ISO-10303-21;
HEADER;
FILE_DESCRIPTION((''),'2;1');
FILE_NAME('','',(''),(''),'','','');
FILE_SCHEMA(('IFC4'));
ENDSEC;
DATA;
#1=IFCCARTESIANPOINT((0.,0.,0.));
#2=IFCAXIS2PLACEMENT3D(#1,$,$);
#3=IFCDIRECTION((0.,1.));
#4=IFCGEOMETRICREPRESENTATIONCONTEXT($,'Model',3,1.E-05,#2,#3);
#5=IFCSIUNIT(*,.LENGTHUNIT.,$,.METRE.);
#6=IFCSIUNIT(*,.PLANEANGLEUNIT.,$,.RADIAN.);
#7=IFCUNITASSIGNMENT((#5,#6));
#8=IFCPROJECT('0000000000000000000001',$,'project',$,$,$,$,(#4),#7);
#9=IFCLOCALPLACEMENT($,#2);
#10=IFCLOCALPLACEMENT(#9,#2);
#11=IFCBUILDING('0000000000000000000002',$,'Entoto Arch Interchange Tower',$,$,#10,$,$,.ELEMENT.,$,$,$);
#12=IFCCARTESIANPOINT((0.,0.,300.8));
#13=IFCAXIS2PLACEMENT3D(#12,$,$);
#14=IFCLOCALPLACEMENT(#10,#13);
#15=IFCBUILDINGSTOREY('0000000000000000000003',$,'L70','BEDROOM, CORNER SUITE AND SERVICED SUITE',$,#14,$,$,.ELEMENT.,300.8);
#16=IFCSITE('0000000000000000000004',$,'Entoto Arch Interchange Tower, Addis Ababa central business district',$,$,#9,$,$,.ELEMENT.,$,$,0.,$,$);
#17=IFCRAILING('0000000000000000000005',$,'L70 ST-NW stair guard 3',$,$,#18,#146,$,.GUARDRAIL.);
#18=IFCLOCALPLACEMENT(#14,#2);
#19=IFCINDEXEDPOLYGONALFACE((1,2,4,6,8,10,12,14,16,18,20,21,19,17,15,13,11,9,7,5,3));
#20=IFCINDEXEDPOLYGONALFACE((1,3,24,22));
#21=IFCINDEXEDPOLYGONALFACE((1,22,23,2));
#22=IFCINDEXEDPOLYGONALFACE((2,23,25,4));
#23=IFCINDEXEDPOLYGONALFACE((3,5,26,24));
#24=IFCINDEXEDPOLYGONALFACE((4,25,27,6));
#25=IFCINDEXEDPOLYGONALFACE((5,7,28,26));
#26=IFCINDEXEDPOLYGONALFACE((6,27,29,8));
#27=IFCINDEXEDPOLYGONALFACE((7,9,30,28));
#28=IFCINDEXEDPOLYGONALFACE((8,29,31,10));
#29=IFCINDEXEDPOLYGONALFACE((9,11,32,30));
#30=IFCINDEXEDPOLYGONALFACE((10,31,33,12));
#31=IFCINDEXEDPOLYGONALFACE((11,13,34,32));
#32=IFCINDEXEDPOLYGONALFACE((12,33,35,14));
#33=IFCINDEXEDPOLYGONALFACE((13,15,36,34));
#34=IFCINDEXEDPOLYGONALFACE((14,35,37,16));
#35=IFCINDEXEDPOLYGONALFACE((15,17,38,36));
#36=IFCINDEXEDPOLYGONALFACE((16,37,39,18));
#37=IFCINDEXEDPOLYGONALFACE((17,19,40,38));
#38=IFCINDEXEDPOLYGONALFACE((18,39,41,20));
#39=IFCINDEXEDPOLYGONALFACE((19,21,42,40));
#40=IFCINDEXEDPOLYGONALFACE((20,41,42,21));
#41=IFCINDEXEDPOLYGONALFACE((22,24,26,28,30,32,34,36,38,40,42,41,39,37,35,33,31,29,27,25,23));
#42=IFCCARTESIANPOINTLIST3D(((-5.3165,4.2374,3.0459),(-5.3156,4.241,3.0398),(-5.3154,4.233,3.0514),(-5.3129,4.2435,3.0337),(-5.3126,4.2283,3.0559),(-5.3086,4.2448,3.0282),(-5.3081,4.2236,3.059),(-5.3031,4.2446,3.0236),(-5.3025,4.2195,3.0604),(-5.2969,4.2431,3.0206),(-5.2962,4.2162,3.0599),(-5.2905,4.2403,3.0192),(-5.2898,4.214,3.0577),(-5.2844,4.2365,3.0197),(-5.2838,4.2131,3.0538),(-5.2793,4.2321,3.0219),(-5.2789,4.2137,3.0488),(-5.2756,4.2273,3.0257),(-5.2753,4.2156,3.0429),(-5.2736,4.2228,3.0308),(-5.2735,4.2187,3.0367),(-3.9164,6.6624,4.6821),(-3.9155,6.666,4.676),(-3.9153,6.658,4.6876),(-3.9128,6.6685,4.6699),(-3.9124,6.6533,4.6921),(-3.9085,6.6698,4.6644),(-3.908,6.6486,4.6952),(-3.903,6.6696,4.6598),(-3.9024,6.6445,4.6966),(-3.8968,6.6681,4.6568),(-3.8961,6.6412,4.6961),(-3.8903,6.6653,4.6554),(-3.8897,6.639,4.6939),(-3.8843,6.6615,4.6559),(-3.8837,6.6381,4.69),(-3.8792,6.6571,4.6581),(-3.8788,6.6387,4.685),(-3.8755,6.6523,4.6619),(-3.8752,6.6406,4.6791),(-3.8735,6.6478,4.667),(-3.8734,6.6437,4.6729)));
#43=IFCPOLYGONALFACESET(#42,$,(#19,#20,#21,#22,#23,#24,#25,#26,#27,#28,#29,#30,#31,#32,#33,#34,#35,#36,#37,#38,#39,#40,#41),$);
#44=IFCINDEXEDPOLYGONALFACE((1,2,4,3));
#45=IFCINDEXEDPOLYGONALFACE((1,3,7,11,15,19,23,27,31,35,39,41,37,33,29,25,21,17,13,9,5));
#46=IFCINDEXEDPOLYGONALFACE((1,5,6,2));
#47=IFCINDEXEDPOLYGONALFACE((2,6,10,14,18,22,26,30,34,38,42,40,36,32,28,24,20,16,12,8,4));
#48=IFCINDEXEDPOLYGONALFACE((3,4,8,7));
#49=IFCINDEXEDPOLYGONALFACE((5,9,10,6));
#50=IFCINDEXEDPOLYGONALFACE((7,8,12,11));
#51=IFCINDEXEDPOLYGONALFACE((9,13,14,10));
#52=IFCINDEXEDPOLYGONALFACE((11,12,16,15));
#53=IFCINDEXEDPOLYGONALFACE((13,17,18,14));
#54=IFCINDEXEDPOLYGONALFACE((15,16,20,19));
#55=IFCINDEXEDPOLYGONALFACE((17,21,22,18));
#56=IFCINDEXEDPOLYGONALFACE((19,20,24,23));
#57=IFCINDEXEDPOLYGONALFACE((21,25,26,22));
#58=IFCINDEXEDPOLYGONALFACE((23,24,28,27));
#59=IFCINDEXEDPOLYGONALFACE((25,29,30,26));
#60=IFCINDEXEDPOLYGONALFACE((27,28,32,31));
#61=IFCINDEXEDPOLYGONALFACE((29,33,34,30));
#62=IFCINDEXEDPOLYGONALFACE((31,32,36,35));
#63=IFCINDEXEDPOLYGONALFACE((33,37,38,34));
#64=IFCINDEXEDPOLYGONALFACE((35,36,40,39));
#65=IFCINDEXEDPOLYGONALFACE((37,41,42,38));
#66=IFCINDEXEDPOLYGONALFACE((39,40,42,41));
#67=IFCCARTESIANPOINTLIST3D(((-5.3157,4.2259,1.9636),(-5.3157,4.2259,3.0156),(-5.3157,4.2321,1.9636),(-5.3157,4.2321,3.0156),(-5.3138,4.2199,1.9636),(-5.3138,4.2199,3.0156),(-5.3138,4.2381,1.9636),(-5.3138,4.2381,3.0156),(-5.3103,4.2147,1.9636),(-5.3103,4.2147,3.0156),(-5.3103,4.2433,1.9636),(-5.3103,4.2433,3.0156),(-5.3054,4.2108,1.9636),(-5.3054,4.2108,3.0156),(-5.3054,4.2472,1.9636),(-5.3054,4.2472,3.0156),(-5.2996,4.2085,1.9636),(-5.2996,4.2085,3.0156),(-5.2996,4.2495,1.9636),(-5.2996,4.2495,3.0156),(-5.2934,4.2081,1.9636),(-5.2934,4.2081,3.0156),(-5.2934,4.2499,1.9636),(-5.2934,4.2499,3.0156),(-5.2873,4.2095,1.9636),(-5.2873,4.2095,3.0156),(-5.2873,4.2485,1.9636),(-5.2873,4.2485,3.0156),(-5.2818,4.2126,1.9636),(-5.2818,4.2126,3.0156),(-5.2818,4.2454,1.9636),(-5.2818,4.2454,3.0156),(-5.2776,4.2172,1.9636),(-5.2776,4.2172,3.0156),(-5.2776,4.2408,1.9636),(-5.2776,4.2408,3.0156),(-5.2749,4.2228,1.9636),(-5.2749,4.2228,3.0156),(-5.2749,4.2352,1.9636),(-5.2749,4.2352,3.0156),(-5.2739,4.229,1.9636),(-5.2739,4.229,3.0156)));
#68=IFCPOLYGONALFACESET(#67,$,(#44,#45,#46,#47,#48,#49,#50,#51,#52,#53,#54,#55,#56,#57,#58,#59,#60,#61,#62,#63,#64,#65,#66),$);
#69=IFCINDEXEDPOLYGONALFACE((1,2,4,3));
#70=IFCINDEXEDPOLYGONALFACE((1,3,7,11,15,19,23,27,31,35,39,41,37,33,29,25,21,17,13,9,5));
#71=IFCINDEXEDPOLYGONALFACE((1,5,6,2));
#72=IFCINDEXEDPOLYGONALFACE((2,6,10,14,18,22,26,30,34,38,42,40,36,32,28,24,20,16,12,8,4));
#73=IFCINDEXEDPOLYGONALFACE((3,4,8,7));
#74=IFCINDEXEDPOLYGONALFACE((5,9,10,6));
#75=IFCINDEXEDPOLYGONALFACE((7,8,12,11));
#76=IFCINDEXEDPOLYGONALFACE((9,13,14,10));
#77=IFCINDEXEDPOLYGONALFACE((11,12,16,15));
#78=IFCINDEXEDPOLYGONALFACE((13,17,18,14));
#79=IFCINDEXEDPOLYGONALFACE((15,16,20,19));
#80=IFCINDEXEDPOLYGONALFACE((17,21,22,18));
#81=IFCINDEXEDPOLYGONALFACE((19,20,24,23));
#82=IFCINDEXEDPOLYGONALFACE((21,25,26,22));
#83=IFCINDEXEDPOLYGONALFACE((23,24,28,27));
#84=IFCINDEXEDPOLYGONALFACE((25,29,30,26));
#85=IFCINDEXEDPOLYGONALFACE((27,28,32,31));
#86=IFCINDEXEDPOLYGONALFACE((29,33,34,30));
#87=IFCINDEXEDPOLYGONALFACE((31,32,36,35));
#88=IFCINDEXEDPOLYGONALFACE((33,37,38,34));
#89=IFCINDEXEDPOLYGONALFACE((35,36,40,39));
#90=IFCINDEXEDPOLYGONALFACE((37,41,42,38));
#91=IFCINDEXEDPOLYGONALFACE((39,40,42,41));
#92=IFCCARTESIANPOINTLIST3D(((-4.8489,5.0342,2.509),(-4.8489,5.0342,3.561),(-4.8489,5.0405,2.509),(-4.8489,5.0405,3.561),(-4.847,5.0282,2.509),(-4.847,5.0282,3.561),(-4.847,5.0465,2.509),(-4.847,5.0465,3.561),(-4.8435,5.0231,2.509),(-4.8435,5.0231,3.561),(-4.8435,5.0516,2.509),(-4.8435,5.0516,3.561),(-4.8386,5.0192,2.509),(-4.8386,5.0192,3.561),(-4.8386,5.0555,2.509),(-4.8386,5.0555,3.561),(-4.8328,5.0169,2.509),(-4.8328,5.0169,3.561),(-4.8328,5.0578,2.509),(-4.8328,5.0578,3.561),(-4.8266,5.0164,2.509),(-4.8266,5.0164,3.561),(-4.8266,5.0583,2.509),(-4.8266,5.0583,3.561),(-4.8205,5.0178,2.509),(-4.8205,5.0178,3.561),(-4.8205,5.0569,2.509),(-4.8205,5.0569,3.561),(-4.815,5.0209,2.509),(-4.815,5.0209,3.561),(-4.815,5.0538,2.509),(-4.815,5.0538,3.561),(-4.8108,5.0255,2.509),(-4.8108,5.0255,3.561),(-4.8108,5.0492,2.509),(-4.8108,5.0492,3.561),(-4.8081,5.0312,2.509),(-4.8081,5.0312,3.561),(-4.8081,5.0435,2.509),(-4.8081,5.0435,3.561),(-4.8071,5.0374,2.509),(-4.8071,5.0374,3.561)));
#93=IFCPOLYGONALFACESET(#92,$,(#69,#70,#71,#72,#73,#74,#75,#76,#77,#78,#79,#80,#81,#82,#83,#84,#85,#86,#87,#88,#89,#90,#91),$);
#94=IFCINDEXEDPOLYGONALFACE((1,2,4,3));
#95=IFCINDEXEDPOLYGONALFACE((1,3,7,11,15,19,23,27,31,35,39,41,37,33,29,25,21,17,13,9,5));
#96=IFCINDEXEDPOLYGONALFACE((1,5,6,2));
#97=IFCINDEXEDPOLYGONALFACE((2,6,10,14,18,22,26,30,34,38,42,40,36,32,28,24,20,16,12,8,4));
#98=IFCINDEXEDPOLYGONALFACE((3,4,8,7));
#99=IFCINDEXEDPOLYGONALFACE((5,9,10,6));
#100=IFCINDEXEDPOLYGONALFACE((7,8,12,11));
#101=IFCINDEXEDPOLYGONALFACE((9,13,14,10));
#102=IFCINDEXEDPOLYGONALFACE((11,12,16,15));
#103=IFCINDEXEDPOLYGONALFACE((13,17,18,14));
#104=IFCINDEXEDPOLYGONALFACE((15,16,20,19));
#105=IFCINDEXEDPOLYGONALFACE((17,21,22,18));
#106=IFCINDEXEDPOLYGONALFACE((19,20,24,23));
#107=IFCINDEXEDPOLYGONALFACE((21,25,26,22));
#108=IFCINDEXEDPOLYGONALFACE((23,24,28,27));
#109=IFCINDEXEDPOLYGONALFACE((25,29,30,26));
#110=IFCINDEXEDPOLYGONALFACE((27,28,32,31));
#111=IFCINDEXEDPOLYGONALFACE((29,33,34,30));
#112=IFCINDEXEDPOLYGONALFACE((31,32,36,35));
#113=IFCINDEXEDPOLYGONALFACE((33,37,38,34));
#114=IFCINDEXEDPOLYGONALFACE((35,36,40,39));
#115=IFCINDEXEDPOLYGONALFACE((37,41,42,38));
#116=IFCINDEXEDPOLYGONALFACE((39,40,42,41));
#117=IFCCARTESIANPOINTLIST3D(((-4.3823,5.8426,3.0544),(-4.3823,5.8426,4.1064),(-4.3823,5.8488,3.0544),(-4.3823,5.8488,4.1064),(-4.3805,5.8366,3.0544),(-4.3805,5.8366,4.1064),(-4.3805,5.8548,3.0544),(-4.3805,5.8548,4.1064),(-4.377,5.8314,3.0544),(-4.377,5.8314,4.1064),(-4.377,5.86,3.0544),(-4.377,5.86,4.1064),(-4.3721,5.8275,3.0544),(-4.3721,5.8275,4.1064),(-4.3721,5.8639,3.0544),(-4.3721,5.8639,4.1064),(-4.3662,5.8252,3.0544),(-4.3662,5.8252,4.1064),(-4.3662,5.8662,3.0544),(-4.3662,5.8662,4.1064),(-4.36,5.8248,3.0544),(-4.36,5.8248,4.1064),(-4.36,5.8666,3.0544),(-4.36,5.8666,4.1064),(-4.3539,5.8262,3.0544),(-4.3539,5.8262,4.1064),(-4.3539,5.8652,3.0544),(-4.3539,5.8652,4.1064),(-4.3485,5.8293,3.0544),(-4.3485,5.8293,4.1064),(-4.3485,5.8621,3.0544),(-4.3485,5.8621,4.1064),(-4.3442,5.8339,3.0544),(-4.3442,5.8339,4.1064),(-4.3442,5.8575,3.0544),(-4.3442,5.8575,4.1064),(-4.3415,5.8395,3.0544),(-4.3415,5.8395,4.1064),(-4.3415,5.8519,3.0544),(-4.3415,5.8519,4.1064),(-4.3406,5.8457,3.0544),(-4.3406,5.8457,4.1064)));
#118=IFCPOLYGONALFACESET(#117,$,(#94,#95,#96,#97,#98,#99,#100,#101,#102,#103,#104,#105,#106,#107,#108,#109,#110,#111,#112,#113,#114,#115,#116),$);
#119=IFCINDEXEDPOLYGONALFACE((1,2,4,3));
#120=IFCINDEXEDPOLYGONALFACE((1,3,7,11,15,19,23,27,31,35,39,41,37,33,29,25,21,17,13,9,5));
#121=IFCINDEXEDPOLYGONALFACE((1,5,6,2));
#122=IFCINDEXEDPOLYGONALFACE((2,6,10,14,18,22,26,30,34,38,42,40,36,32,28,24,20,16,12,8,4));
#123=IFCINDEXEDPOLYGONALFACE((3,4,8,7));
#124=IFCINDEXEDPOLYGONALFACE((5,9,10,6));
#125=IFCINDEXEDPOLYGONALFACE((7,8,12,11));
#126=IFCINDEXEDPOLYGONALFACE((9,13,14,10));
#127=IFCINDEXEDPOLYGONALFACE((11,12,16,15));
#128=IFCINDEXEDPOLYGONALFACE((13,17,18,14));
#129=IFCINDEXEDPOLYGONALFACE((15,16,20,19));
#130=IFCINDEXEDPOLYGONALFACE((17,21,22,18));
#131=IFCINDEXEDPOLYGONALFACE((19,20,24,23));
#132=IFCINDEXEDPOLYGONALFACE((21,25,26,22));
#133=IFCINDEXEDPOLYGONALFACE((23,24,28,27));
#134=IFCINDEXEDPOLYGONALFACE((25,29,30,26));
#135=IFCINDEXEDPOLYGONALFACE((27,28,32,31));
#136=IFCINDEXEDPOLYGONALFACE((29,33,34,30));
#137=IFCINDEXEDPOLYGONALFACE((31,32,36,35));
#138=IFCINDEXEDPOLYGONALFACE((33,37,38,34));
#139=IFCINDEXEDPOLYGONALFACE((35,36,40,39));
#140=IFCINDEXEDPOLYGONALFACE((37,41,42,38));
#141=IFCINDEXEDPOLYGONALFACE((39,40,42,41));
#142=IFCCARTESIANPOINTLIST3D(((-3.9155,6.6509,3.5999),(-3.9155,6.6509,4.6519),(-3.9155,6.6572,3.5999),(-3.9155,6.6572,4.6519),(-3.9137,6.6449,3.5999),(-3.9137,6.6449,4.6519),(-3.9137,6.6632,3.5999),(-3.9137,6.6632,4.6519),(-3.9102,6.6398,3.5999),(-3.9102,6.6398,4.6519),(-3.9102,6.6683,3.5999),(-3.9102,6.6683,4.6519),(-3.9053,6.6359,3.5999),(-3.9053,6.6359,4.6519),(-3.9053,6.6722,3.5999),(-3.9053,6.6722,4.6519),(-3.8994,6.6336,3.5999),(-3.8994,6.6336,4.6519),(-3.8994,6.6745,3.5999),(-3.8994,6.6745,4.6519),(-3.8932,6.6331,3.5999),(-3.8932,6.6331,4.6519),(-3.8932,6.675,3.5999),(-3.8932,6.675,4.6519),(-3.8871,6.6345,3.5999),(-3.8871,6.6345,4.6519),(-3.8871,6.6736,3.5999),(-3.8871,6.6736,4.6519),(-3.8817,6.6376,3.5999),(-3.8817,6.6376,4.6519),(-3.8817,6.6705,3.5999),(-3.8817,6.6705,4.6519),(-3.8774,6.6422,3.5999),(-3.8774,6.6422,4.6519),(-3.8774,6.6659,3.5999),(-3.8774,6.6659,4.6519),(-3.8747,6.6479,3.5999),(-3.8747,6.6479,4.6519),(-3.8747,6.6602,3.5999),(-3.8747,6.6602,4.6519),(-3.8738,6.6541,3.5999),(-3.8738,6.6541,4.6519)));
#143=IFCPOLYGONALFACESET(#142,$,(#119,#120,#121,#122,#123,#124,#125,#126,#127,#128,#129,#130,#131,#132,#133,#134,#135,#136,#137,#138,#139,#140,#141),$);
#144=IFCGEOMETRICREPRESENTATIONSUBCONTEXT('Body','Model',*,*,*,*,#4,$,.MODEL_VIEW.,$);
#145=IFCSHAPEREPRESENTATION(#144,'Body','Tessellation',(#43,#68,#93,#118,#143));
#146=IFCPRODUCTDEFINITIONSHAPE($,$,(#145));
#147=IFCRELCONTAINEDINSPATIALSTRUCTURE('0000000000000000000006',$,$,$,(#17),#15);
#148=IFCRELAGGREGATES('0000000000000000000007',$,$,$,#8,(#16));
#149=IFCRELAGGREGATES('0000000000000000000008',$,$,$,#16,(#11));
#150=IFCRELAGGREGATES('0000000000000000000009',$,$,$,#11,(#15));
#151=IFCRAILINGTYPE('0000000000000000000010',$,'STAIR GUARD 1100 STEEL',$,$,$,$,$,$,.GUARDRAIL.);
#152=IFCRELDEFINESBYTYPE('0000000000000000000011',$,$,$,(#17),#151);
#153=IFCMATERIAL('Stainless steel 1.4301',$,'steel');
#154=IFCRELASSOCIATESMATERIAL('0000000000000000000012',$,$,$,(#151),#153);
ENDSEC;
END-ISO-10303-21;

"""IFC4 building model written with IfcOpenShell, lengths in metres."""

from ifc_helpers import new_model, si_unit, direction, frame, origin, origin_2d, place, context, subcontext, project, spatial, circle, extrude, material, type_object, element, save


model = new_model("IFC4")

# Units and contexts
model_context = context("Model", 3, precision=1e-05, world=origin(), true_north=direction((0.0, 1.0)))
body_context = subcontext(model_context, "Body", "Model", "MODEL_VIEW")
ifc_project = project(units=[si_unit("LENGTHUNIT", "METRE"), si_unit("PLANEANGLEUNIT", "RADIAN")], contexts=[model_context])

# Site, building, storey
site_placement = place(None, origin())
site = spatial("IfcSite", under=ifc_project, at=site_placement, Name="Entoto Arch Interchange Tower, Addis Ababa central business district", CompositionType="ELEMENT", RefElevation=0.0)
building_placement = place(site_placement, origin())
building = spatial("IfcBuilding", under=site, at=building_placement, Name="Entoto Arch Interchange Tower", CompositionType="ELEMENT")
storey_placement = place(building_placement, frame((0.0, 0.0, 300.8)))
storey = spatial("IfcBuildingStorey", under=building, at=storey_placement, Name="L70", Description="BEDROOM, CORNER SUITE AND SERVICED SUITE", CompositionType="ELEMENT", Elevation=300.8)

# Railing
ifc_material_1 = material(Name="Stainless steel 1.4301", Category="steel")
railing_type_1 = type_object("IfcRailingType", Name="STAIR GUARD 1100 STEEL", PredefinedType="GUARDRAIL", material=ifc_material_1)
railing_1_placement = place(storey_placement, frame((-5.2949, 4.229, 1.9636)))
element("IfcRailing", 1, at=railing_1_placement, inside=storey, type_object=railing_type_1, Name="L70 ST-NW stair guard 3", PredefinedType="GUARDRAIL", context=body_context, shape_type="SweptSolid", body=[
    extrude(circle(Radius=0.0239, at=origin_2d()), frame((0.0, 0.0, 1.0762), z_axis=(0.431714, 0.747727, 0.504507), x_axis=(-0.866019, 0.500012, 0.0)), (0.0, 0.0, 1.0), 3.2432),
    extrude(circle(Radius=0.021, at=origin_2d()), origin(), (0.0, 0.0, 1.0), 1.052),
    extrude(circle(Radius=0.021, at=origin_2d()), frame((0.4668, 0.8083, 0.5454)), (0.0, 0.0, 1.0), 1.052),
    extrude(circle(Radius=0.021, at=origin_2d()), frame((0.9333, 1.6167, 1.0908)), (0.0, 0.0, 1.0), 1.052),
    extrude(circle(Radius=0.021, at=origin_2d()), frame((1.4001, 2.425, 1.6362)), (0.0, 0.0, 1.0), 1.052),
])

save(model, "model.ifc")
